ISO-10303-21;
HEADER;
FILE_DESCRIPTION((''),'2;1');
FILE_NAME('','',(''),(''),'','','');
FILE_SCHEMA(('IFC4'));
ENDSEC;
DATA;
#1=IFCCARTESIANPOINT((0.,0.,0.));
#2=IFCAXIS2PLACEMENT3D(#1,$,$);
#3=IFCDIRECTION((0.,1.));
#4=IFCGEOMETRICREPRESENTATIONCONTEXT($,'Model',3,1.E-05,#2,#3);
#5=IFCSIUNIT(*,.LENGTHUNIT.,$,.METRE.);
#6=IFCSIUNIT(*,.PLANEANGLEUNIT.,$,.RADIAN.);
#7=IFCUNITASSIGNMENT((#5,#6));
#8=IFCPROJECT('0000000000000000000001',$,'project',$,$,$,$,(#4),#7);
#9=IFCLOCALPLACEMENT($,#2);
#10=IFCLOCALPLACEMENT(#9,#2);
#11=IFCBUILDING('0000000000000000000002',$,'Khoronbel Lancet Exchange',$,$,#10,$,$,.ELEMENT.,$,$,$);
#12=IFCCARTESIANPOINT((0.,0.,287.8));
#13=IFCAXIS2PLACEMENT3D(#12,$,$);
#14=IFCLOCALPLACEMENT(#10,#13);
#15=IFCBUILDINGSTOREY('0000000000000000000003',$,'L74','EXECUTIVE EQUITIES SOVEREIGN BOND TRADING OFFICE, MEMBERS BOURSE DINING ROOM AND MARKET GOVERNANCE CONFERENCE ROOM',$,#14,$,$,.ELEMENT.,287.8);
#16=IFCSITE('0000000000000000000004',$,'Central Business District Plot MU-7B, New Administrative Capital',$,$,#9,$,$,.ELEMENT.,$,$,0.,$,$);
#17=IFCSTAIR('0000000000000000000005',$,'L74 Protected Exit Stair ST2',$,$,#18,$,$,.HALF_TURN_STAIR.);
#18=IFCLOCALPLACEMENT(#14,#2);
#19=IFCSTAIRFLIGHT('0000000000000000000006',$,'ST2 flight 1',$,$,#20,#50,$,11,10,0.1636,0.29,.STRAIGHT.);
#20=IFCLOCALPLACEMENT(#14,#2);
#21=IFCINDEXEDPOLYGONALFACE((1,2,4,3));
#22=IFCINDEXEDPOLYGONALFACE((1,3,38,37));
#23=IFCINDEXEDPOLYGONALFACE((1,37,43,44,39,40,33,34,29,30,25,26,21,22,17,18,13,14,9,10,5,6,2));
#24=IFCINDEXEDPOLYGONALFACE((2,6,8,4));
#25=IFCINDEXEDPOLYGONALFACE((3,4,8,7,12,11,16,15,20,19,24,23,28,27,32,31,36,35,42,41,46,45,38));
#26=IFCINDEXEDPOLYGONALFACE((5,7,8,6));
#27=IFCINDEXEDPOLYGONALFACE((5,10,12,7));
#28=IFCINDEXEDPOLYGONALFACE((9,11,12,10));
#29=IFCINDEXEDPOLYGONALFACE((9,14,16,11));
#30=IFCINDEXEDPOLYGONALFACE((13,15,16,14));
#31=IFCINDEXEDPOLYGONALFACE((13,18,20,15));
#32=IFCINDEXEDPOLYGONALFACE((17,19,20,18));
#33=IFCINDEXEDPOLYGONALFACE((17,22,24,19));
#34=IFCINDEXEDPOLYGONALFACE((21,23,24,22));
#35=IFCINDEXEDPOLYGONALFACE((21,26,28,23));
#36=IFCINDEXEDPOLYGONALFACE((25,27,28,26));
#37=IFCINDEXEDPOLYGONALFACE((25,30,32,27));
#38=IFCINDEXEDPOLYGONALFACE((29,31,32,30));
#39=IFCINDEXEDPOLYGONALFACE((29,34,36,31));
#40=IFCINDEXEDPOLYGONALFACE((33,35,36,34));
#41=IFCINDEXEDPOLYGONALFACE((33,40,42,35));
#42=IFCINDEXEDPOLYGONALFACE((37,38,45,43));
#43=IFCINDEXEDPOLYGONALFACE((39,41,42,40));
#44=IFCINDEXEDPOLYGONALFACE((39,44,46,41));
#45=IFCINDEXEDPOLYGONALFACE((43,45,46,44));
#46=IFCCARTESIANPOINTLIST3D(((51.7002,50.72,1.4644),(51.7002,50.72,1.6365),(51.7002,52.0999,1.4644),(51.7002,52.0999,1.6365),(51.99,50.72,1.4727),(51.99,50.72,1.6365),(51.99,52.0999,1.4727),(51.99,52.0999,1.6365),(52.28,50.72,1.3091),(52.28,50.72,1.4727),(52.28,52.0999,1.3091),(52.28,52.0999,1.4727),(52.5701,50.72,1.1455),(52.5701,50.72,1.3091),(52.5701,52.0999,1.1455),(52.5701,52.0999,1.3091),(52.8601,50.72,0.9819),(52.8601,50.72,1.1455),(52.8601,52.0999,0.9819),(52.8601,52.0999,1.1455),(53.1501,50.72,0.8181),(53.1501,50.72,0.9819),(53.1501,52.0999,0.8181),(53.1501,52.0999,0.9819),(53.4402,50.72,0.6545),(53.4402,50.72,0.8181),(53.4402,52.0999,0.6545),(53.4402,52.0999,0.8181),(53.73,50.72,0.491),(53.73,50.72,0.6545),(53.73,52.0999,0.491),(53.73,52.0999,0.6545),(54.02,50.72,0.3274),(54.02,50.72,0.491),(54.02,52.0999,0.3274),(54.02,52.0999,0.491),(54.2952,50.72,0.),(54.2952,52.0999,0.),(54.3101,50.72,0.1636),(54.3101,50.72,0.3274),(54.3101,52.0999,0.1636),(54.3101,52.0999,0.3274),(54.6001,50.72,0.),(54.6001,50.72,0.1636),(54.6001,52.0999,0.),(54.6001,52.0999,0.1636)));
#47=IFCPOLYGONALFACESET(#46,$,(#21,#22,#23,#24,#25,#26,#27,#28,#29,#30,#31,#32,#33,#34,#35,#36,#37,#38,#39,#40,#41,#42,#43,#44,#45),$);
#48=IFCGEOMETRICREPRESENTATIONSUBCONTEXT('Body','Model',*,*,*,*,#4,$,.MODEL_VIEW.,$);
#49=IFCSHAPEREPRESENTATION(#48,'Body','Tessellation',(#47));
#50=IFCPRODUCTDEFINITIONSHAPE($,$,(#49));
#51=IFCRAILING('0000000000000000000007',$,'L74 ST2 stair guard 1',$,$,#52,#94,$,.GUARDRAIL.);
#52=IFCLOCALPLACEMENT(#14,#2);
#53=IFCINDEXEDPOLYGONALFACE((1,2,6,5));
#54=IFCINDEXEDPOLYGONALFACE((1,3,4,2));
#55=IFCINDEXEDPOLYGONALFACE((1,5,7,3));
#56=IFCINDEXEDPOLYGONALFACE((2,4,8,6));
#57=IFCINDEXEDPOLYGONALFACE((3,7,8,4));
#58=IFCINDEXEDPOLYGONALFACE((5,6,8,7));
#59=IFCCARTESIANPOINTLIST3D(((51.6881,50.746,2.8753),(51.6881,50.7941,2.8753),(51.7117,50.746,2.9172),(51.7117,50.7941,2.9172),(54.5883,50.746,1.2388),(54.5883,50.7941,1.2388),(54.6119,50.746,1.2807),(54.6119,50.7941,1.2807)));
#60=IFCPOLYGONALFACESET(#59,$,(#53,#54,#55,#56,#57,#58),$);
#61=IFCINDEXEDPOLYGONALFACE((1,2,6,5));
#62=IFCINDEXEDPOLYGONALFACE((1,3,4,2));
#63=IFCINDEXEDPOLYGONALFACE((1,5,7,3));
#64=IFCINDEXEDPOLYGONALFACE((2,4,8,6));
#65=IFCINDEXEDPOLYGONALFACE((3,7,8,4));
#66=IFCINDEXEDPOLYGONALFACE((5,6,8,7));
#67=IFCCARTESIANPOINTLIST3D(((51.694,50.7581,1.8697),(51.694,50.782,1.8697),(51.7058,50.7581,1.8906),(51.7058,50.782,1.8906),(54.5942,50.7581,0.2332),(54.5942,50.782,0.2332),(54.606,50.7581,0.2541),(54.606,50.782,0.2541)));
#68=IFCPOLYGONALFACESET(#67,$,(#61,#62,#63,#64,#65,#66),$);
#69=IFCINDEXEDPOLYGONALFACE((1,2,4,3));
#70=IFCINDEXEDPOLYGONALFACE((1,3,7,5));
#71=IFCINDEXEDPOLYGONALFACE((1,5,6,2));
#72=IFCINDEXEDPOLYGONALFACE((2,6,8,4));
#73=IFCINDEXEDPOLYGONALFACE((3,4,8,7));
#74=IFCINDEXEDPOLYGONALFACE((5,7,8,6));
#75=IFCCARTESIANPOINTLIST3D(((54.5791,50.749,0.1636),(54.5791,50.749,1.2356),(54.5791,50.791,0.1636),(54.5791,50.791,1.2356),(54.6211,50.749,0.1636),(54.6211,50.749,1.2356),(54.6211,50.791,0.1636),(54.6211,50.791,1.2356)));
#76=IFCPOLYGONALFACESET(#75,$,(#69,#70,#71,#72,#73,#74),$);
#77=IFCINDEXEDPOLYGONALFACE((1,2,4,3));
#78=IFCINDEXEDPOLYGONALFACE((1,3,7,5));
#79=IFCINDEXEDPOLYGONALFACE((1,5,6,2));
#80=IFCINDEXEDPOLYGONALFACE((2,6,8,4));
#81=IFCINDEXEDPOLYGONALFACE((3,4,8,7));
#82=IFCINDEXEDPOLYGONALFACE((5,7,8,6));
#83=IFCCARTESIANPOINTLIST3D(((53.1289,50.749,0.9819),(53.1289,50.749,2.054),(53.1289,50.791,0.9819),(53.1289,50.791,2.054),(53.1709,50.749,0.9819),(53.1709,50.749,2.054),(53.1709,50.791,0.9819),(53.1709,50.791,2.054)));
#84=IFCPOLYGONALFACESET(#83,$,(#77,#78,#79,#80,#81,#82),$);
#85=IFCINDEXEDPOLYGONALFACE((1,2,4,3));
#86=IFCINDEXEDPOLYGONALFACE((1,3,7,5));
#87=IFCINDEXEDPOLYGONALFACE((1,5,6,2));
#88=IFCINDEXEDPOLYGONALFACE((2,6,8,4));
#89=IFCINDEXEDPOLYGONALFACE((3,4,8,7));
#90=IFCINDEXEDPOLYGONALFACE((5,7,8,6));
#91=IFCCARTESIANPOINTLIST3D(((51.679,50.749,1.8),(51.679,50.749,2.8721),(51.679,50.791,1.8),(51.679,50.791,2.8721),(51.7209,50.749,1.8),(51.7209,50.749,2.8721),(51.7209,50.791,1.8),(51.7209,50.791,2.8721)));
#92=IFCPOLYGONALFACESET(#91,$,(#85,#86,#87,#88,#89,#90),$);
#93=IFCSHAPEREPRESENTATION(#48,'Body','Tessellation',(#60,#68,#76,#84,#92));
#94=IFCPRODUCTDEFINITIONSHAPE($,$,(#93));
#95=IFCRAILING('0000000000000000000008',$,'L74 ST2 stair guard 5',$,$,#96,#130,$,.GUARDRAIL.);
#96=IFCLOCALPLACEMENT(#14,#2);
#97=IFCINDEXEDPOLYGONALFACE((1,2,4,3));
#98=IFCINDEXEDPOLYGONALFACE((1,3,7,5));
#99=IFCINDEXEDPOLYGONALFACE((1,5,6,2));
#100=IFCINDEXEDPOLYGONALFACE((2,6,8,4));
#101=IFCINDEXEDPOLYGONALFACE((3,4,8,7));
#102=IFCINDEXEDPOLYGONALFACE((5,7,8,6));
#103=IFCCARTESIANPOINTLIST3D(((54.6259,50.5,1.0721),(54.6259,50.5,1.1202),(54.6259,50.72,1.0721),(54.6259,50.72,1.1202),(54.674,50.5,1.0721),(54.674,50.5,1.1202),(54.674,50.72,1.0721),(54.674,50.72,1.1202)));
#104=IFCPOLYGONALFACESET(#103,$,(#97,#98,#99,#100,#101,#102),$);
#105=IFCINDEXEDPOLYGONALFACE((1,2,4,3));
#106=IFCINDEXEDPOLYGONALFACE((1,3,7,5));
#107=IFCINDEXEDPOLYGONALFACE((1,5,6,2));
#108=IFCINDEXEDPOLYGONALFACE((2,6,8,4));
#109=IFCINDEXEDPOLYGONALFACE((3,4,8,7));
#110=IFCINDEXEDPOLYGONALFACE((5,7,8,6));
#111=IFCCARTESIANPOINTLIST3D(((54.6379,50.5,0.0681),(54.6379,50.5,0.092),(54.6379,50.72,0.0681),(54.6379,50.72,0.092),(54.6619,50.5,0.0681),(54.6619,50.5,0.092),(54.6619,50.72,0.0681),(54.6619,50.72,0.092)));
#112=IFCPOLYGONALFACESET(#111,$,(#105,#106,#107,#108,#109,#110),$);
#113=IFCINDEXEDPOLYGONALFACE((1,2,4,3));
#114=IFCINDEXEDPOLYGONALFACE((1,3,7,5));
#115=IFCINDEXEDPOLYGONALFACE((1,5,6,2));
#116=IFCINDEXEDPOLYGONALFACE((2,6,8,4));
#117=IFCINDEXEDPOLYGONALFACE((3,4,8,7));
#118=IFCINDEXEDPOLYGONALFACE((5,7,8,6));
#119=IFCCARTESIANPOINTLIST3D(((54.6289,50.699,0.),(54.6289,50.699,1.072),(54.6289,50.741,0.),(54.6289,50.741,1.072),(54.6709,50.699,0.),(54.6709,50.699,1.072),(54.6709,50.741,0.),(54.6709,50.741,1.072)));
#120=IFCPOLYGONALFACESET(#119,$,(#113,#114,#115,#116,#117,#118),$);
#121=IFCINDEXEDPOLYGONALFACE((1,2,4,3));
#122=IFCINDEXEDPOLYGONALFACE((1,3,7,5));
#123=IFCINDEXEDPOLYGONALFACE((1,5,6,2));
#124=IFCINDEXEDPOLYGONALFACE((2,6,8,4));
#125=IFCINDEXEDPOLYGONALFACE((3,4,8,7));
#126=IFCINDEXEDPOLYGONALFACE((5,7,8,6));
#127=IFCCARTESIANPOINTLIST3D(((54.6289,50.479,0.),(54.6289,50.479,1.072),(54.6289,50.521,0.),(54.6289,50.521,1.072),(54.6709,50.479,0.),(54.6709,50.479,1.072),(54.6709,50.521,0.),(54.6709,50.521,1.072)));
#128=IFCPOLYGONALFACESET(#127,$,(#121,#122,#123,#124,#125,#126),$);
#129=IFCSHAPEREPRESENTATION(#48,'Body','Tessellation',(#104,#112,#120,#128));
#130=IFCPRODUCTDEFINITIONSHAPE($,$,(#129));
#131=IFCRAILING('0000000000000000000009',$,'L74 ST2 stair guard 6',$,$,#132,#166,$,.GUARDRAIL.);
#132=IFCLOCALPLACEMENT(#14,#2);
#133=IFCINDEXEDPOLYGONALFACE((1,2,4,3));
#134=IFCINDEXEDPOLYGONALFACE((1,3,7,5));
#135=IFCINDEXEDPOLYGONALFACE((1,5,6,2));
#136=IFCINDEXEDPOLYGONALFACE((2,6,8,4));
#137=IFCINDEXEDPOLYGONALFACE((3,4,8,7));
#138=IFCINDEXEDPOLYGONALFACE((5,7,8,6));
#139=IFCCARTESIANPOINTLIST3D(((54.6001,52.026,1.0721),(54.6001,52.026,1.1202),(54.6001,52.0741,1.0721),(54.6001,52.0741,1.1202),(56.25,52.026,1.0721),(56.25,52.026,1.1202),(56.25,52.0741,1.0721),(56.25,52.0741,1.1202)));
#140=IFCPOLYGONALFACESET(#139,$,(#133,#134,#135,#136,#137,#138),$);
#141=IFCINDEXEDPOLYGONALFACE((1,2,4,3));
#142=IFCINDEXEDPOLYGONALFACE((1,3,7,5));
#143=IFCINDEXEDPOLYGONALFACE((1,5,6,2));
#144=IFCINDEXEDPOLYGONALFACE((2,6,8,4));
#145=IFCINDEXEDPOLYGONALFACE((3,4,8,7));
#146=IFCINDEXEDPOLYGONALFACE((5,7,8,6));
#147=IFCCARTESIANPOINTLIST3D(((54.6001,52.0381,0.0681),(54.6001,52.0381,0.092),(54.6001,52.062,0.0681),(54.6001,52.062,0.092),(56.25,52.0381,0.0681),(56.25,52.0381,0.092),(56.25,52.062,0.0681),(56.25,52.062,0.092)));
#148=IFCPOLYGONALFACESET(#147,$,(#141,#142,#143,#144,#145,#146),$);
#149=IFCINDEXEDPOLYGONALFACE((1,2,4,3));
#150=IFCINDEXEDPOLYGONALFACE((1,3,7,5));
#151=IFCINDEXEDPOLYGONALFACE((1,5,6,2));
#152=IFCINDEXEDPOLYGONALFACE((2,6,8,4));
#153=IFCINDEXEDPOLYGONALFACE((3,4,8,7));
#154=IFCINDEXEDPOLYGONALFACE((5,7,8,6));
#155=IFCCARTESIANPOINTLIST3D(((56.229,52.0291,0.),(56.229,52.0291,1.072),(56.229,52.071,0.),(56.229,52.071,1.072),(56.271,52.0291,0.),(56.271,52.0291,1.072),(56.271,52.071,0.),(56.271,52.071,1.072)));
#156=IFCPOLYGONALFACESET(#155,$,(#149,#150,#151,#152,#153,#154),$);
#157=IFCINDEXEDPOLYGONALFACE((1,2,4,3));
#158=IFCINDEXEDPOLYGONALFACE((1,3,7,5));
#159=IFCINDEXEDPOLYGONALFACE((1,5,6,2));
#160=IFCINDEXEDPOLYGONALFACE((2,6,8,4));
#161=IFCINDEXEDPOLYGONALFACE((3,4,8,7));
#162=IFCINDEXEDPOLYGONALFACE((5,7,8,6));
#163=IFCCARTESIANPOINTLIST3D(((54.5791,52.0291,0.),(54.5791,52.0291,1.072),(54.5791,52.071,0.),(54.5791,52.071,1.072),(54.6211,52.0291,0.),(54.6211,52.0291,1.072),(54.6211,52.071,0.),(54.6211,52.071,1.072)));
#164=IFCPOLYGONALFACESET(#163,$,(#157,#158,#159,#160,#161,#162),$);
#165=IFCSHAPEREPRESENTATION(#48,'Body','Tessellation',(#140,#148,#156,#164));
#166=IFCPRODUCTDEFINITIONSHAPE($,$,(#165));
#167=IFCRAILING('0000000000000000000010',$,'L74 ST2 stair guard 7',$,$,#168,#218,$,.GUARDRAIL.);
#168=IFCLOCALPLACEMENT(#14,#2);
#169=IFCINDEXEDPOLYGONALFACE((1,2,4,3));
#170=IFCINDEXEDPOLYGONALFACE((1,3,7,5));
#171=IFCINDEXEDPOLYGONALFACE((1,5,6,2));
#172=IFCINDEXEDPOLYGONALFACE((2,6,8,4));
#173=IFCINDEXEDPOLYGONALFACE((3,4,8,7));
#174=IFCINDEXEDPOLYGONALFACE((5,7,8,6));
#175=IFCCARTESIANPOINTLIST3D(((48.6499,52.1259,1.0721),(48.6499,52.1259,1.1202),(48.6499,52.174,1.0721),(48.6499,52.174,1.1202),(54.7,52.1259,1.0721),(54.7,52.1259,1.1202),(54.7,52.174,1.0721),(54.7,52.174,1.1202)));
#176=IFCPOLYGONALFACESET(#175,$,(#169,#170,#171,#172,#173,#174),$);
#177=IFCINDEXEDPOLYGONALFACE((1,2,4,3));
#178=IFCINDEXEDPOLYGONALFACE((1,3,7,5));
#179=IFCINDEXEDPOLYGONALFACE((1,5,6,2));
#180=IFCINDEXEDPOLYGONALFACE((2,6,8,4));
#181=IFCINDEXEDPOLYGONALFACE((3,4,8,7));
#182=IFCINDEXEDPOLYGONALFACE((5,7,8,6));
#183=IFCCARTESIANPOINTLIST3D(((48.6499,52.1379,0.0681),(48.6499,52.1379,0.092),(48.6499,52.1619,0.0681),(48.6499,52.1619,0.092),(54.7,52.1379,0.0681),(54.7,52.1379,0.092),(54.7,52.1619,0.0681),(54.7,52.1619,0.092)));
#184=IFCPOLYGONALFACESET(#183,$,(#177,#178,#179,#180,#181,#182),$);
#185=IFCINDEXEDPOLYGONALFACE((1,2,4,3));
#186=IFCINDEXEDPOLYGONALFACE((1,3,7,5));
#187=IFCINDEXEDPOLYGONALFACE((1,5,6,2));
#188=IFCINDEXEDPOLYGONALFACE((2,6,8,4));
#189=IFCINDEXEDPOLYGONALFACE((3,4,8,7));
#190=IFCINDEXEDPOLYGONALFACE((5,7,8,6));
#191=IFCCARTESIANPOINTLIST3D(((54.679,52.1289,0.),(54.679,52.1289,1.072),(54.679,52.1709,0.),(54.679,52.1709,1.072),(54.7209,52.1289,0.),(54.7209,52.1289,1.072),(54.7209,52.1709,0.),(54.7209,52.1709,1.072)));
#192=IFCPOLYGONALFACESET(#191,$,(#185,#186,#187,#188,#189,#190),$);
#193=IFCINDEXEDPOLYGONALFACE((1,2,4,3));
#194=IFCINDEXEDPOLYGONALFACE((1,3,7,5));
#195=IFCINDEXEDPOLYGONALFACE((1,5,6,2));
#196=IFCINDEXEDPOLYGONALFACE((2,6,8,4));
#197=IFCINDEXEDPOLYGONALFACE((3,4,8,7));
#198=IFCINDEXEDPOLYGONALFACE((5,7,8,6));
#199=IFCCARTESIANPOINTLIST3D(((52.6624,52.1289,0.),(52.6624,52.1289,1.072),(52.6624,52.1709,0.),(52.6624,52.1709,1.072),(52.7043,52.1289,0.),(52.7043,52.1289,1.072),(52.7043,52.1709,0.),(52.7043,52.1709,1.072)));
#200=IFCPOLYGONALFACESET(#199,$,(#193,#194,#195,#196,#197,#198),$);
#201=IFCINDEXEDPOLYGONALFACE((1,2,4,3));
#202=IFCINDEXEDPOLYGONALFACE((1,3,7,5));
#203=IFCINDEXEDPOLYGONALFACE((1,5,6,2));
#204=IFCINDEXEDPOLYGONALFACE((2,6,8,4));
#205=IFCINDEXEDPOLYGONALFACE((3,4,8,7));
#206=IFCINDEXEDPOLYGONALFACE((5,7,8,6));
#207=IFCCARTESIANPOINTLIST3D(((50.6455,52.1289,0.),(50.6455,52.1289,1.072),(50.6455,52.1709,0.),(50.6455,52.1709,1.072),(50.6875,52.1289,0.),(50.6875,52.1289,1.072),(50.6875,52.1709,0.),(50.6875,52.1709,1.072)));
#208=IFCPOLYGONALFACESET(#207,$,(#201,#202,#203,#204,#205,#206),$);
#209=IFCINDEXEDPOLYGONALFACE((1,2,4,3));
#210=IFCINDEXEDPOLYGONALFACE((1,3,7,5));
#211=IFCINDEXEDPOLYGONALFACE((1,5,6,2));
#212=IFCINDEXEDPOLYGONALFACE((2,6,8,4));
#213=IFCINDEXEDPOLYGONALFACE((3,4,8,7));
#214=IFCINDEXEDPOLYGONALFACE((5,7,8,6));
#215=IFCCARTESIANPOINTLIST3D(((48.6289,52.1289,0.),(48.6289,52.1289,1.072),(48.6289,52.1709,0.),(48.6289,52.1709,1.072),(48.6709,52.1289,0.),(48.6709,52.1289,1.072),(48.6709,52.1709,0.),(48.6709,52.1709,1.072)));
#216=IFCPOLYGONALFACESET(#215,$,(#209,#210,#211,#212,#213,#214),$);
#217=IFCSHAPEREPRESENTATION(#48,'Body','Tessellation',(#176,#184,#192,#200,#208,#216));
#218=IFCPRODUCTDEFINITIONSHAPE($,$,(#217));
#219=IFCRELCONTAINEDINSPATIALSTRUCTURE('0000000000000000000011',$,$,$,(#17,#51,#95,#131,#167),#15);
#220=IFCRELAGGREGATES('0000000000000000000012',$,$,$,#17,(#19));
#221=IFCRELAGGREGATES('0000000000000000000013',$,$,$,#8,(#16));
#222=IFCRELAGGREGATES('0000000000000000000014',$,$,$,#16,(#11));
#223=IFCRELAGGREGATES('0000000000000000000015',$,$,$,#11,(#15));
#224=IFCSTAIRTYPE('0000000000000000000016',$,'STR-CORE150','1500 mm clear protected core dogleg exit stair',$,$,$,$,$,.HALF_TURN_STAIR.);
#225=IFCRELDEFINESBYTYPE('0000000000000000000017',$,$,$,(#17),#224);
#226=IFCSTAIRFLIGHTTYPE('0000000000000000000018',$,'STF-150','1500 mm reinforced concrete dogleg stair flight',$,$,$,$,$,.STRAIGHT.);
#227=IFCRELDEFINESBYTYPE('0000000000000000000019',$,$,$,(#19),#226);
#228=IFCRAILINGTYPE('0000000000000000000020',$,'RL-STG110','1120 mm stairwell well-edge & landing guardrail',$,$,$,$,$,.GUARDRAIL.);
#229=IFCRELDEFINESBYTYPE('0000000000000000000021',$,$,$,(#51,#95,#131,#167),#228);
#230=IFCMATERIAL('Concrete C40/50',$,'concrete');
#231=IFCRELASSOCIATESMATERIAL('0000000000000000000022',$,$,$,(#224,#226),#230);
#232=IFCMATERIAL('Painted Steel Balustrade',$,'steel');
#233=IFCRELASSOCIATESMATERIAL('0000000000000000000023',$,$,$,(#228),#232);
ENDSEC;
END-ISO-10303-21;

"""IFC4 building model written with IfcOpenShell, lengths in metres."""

from ifc_helpers import new_model, si_unit, direction, frame, origin, origin_2d, place, context, subcontext, project, spatial, polyline, rectangle, outline, extrude, material, type_object, element, aggregate, save


model = new_model("IFC4")

# Units and contexts
model_context = context("Model", 3, precision=1e-05, world=origin(), true_north=direction((0.0, 1.0)))
body_context = subcontext(model_context, "Body", "Model", "MODEL_VIEW")
ifc_project = project(units=[si_unit("LENGTHUNIT", "METRE"), si_unit("PLANEANGLEUNIT", "RADIAN")], contexts=[model_context])

# Site, building, storey
site_placement = place(None, origin())
site = spatial("IfcSite", under=ifc_project, at=site_placement, Name="Central Business District Plot MU-7B, New Administrative Capital", CompositionType="ELEMENT", RefElevation=0.0)
building_placement = place(site_placement, origin())
building = spatial("IfcBuilding", under=site, at=building_placement, Name="Khoronbel Lancet Exchange", CompositionType="ELEMENT")
storey_placement = place(building_placement, frame((0.0, 0.0, 287.8)))
storey = spatial("IfcBuildingStorey", under=building, at=storey_placement, Name="L74", Description="EXECUTIVE EQUITIES SOVEREIGN BOND TRADING OFFICE, MEMBERS BOURSE DINING ROOM AND MARKET GOVERNANCE CONFERENCE ROOM", CompositionType="ELEMENT", Elevation=287.8)

# Stair, stair flight
ifc_material_1 = material(Name="Concrete C40/50", Category="concrete")
stair_type = type_object("IfcStairType", Name="STR-CORE150", Description="1500 mm clear protected core dogleg exit stair", PredefinedType="HALF_TURN_STAIR", material=ifc_material_1)
stair_placement = place(storey_placement, origin())
stair = element("IfcStair", 1, at=stair_placement, inside=storey, type_object=stair_type, Name="L74 Protected Exit Stair ST2", PredefinedType="HALF_TURN_STAIR")
stair_flight_type = type_object("IfcStairFlightType", Name="STF-150", Description="1500 mm reinforced concrete dogleg stair flight", PredefinedType="STRAIGHT", material=ifc_material_1)
stair_flight_placement = place(storey_placement, frame((54.6001, 51.4099, 0.0), z_axis=(0.0, 0.0, 1.0), x_axis=(-1.0, 0.0, 0.0)))
stair_flight = element("IfcStairFlight", 2, at=stair_flight_placement, type_object=stair_flight_type, Name="ST2 flight 1", NumberOfRisers=11, NumberOfTreads=10, PredefinedType="STRAIGHT", RiserHeight=0.1636, TreadLength=0.29, context=body_context, shape_type="SweptSolid", body=[
    extrude(outline(polyline([(0.0, 0.0), (0.0, 0.1636), (0.29, 0.1636), (0.29, 0.3274), (0.5801, 0.3274), (0.5801, 0.491), (0.8701, 0.491), (0.8701, 0.6545), (1.1599, 0.6545), (1.1599, 0.8181), (1.45, 0.8181), (1.45, 0.9819), (1.74, 0.9819), (1.74, 1.1455), (2.03, 1.1455), (2.03, 1.3091), (2.3201, 1.3091), (2.3201, 1.4727), (2.6101, 1.4727), (2.6101, 1.6365), (2.8999, 1.6365), (2.8999, 1.8), (2.8999, 1.4644), (0.3049, 0.0), (0.0, 0.0)])), frame((0.0, 0.6899, 0.0), z_axis=(0.0, -1.0, 0.0), x_axis=(1.0, 0.0, 0.0)), (0.0, 0.0, 1.0), 1.3799),
])
aggregate(stair, [stair_flight])

# Railings
ifc_material_2 = material(Name="Painted Steel Balustrade", Category="steel")
railing_type_1 = type_object("IfcRailingType", Name="RL-STG110", Description="1120 mm stairwell well-edge & landing guardrail", PredefinedType="GUARDRAIL", material=ifc_material_2)
railing_1_placement = place(storey_placement, frame((54.6001, 50.77, 0.1636)))
element("IfcRailing", 3, at=railing_1_placement, inside=storey, type_object=railing_type_1, Name="L74 ST2 stair guard 1", PredefinedType="GUARDRAIL", context=body_context, shape_type="SweptSolid", body=[
    extrude(rectangle(XDim=0.0481, YDim=0.0481, at=origin_2d()), frame((0.0, 0.0, 1.0962), z_axis=(-0.870915, 0.0, 0.491434), x_axis=(0.0, -1.0, 0.0)), (0.0, 0.0, 1.0), 3.3301),
    extrude(rectangle(XDim=0.0239, YDim=0.0239, at=origin_2d()), frame((0.0, 0.0, 0.0801), z_axis=(-0.870915, 0.0, 0.491434), x_axis=(0.0, -1.0, 0.0)), (0.0, 0.0, 1.0), 3.3301),
    extrude(rectangle(XDim=0.042, YDim=0.042, at=origin_2d()), origin(), (0.0, 0.0, 1.0), 1.072),
    extrude(rectangle(XDim=0.042, YDim=0.042, at=origin_2d()), frame((-1.4502, 0.0, 0.8184)), (0.0, 0.0, 1.0), 1.072),
    extrude(rectangle(XDim=0.042, YDim=0.042, at=origin_2d()), frame((-2.9001, 0.0, 1.6365)), (0.0, 0.0, 1.0), 1.072),
])
railing_2_placement = place(storey_placement, frame((54.6499, 50.72, 0.0)))
element("IfcRailing", 4, at=railing_2_placement, inside=storey, type_object=railing_type_1, Name="L74 ST2 stair guard 5", PredefinedType="GUARDRAIL", context=body_context, shape_type="SweptSolid", body=[
    extrude(rectangle(XDim=0.0481, YDim=0.0481, at=origin_2d()), frame((0.0, 0.0, 1.0962), z_axis=(0.0, -1.0, 0.0), x_axis=(1.0, 0.0, 0.0)), (0.0, 0.0, 1.0), 0.22),
    extrude(rectangle(XDim=0.0239, YDim=0.0239, at=origin_2d()), frame((0.0, 0.0, 0.0801), z_axis=(0.0, -1.0, 0.0), x_axis=(1.0, 0.0, 0.0)), (0.0, 0.0, 1.0), 0.22),
    extrude(rectangle(XDim=0.042, YDim=0.042, at=origin_2d()), origin(), (0.0, 0.0, 1.0), 1.072),
    extrude(rectangle(XDim=0.042, YDim=0.042, at=origin_2d()), frame((0.0, -0.22, 0.0)), (0.0, 0.0, 1.0), 1.072),
])
railing_3_placement = place(storey_placement, frame((56.25, 52.05, 0.0)))
element("IfcRailing", 5, at=railing_3_placement, inside=storey, type_object=railing_type_1, Name="L74 ST2 stair guard 6", PredefinedType="GUARDRAIL", context=body_context, shape_type="SweptSolid", body=[
    extrude(rectangle(XDim=0.0481, YDim=0.0481, at=origin_2d()), frame((0.0, 0.0, 1.0962), z_axis=(-1.0, 0.0, 0.0), x_axis=(0.0, -1.0, 0.0)), (0.0, 0.0, 1.0), 1.6499),
    extrude(rectangle(XDim=0.0239, YDim=0.0239, at=origin_2d()), frame((0.0, 0.0, 0.0801), z_axis=(-1.0, 0.0, 0.0), x_axis=(0.0, -1.0, 0.0)), (0.0, 0.0, 1.0), 1.6499),
    extrude(rectangle(XDim=0.042, YDim=0.042, at=origin_2d()), origin(), (0.0, 0.0, 1.0), 1.072),
    extrude(rectangle(XDim=0.042, YDim=0.042, at=origin_2d()), frame((-1.6499, 0.0, 0.0)), (0.0, 0.0, 1.0), 1.072),
])
railing_4_placement = place(storey_placement, frame((54.7, 52.1499, 0.0)))
element("IfcRailing", 6, at=railing_4_placement, inside=storey, type_object=railing_type_1, Name="L74 ST2 stair guard 7", PredefinedType="GUARDRAIL", context=body_context, shape_type="SweptSolid", body=[
    extrude(rectangle(XDim=0.0481, YDim=0.0481, at=origin_2d()), frame((0.0, 0.0, 1.0962), z_axis=(-1.0, 0.0, 0.0), x_axis=(0.0, -1.0, 0.0)), (0.0, 0.0, 1.0), 6.05),
    extrude(rectangle(XDim=0.0239, YDim=0.0239, at=origin_2d()), frame((0.0, 0.0, 0.0801), z_axis=(-1.0, 0.0, 0.0), x_axis=(0.0, -1.0, 0.0)), (0.0, 0.0, 1.0), 6.05),
    extrude(rectangle(XDim=0.042, YDim=0.042, at=origin_2d()), origin(), (0.0, 0.0, 1.0), 1.072),
    extrude(rectangle(XDim=0.042, YDim=0.042, at=origin_2d()), frame((-2.0166, 0.0, 0.0)), (0.0, 0.0, 1.0), 1.072),
    extrude(rectangle(XDim=0.042, YDim=0.042, at=origin_2d()), frame((-4.0334, 0.0, 0.0)), (0.0, 0.0, 1.0), 1.072),
    extrude(rectangle(XDim=0.042, YDim=0.042, at=origin_2d()), frame((-6.05, 0.0, 0.0)), (0.0, 0.0, 1.0), 1.072),
])

save(model, "model.ifc")
